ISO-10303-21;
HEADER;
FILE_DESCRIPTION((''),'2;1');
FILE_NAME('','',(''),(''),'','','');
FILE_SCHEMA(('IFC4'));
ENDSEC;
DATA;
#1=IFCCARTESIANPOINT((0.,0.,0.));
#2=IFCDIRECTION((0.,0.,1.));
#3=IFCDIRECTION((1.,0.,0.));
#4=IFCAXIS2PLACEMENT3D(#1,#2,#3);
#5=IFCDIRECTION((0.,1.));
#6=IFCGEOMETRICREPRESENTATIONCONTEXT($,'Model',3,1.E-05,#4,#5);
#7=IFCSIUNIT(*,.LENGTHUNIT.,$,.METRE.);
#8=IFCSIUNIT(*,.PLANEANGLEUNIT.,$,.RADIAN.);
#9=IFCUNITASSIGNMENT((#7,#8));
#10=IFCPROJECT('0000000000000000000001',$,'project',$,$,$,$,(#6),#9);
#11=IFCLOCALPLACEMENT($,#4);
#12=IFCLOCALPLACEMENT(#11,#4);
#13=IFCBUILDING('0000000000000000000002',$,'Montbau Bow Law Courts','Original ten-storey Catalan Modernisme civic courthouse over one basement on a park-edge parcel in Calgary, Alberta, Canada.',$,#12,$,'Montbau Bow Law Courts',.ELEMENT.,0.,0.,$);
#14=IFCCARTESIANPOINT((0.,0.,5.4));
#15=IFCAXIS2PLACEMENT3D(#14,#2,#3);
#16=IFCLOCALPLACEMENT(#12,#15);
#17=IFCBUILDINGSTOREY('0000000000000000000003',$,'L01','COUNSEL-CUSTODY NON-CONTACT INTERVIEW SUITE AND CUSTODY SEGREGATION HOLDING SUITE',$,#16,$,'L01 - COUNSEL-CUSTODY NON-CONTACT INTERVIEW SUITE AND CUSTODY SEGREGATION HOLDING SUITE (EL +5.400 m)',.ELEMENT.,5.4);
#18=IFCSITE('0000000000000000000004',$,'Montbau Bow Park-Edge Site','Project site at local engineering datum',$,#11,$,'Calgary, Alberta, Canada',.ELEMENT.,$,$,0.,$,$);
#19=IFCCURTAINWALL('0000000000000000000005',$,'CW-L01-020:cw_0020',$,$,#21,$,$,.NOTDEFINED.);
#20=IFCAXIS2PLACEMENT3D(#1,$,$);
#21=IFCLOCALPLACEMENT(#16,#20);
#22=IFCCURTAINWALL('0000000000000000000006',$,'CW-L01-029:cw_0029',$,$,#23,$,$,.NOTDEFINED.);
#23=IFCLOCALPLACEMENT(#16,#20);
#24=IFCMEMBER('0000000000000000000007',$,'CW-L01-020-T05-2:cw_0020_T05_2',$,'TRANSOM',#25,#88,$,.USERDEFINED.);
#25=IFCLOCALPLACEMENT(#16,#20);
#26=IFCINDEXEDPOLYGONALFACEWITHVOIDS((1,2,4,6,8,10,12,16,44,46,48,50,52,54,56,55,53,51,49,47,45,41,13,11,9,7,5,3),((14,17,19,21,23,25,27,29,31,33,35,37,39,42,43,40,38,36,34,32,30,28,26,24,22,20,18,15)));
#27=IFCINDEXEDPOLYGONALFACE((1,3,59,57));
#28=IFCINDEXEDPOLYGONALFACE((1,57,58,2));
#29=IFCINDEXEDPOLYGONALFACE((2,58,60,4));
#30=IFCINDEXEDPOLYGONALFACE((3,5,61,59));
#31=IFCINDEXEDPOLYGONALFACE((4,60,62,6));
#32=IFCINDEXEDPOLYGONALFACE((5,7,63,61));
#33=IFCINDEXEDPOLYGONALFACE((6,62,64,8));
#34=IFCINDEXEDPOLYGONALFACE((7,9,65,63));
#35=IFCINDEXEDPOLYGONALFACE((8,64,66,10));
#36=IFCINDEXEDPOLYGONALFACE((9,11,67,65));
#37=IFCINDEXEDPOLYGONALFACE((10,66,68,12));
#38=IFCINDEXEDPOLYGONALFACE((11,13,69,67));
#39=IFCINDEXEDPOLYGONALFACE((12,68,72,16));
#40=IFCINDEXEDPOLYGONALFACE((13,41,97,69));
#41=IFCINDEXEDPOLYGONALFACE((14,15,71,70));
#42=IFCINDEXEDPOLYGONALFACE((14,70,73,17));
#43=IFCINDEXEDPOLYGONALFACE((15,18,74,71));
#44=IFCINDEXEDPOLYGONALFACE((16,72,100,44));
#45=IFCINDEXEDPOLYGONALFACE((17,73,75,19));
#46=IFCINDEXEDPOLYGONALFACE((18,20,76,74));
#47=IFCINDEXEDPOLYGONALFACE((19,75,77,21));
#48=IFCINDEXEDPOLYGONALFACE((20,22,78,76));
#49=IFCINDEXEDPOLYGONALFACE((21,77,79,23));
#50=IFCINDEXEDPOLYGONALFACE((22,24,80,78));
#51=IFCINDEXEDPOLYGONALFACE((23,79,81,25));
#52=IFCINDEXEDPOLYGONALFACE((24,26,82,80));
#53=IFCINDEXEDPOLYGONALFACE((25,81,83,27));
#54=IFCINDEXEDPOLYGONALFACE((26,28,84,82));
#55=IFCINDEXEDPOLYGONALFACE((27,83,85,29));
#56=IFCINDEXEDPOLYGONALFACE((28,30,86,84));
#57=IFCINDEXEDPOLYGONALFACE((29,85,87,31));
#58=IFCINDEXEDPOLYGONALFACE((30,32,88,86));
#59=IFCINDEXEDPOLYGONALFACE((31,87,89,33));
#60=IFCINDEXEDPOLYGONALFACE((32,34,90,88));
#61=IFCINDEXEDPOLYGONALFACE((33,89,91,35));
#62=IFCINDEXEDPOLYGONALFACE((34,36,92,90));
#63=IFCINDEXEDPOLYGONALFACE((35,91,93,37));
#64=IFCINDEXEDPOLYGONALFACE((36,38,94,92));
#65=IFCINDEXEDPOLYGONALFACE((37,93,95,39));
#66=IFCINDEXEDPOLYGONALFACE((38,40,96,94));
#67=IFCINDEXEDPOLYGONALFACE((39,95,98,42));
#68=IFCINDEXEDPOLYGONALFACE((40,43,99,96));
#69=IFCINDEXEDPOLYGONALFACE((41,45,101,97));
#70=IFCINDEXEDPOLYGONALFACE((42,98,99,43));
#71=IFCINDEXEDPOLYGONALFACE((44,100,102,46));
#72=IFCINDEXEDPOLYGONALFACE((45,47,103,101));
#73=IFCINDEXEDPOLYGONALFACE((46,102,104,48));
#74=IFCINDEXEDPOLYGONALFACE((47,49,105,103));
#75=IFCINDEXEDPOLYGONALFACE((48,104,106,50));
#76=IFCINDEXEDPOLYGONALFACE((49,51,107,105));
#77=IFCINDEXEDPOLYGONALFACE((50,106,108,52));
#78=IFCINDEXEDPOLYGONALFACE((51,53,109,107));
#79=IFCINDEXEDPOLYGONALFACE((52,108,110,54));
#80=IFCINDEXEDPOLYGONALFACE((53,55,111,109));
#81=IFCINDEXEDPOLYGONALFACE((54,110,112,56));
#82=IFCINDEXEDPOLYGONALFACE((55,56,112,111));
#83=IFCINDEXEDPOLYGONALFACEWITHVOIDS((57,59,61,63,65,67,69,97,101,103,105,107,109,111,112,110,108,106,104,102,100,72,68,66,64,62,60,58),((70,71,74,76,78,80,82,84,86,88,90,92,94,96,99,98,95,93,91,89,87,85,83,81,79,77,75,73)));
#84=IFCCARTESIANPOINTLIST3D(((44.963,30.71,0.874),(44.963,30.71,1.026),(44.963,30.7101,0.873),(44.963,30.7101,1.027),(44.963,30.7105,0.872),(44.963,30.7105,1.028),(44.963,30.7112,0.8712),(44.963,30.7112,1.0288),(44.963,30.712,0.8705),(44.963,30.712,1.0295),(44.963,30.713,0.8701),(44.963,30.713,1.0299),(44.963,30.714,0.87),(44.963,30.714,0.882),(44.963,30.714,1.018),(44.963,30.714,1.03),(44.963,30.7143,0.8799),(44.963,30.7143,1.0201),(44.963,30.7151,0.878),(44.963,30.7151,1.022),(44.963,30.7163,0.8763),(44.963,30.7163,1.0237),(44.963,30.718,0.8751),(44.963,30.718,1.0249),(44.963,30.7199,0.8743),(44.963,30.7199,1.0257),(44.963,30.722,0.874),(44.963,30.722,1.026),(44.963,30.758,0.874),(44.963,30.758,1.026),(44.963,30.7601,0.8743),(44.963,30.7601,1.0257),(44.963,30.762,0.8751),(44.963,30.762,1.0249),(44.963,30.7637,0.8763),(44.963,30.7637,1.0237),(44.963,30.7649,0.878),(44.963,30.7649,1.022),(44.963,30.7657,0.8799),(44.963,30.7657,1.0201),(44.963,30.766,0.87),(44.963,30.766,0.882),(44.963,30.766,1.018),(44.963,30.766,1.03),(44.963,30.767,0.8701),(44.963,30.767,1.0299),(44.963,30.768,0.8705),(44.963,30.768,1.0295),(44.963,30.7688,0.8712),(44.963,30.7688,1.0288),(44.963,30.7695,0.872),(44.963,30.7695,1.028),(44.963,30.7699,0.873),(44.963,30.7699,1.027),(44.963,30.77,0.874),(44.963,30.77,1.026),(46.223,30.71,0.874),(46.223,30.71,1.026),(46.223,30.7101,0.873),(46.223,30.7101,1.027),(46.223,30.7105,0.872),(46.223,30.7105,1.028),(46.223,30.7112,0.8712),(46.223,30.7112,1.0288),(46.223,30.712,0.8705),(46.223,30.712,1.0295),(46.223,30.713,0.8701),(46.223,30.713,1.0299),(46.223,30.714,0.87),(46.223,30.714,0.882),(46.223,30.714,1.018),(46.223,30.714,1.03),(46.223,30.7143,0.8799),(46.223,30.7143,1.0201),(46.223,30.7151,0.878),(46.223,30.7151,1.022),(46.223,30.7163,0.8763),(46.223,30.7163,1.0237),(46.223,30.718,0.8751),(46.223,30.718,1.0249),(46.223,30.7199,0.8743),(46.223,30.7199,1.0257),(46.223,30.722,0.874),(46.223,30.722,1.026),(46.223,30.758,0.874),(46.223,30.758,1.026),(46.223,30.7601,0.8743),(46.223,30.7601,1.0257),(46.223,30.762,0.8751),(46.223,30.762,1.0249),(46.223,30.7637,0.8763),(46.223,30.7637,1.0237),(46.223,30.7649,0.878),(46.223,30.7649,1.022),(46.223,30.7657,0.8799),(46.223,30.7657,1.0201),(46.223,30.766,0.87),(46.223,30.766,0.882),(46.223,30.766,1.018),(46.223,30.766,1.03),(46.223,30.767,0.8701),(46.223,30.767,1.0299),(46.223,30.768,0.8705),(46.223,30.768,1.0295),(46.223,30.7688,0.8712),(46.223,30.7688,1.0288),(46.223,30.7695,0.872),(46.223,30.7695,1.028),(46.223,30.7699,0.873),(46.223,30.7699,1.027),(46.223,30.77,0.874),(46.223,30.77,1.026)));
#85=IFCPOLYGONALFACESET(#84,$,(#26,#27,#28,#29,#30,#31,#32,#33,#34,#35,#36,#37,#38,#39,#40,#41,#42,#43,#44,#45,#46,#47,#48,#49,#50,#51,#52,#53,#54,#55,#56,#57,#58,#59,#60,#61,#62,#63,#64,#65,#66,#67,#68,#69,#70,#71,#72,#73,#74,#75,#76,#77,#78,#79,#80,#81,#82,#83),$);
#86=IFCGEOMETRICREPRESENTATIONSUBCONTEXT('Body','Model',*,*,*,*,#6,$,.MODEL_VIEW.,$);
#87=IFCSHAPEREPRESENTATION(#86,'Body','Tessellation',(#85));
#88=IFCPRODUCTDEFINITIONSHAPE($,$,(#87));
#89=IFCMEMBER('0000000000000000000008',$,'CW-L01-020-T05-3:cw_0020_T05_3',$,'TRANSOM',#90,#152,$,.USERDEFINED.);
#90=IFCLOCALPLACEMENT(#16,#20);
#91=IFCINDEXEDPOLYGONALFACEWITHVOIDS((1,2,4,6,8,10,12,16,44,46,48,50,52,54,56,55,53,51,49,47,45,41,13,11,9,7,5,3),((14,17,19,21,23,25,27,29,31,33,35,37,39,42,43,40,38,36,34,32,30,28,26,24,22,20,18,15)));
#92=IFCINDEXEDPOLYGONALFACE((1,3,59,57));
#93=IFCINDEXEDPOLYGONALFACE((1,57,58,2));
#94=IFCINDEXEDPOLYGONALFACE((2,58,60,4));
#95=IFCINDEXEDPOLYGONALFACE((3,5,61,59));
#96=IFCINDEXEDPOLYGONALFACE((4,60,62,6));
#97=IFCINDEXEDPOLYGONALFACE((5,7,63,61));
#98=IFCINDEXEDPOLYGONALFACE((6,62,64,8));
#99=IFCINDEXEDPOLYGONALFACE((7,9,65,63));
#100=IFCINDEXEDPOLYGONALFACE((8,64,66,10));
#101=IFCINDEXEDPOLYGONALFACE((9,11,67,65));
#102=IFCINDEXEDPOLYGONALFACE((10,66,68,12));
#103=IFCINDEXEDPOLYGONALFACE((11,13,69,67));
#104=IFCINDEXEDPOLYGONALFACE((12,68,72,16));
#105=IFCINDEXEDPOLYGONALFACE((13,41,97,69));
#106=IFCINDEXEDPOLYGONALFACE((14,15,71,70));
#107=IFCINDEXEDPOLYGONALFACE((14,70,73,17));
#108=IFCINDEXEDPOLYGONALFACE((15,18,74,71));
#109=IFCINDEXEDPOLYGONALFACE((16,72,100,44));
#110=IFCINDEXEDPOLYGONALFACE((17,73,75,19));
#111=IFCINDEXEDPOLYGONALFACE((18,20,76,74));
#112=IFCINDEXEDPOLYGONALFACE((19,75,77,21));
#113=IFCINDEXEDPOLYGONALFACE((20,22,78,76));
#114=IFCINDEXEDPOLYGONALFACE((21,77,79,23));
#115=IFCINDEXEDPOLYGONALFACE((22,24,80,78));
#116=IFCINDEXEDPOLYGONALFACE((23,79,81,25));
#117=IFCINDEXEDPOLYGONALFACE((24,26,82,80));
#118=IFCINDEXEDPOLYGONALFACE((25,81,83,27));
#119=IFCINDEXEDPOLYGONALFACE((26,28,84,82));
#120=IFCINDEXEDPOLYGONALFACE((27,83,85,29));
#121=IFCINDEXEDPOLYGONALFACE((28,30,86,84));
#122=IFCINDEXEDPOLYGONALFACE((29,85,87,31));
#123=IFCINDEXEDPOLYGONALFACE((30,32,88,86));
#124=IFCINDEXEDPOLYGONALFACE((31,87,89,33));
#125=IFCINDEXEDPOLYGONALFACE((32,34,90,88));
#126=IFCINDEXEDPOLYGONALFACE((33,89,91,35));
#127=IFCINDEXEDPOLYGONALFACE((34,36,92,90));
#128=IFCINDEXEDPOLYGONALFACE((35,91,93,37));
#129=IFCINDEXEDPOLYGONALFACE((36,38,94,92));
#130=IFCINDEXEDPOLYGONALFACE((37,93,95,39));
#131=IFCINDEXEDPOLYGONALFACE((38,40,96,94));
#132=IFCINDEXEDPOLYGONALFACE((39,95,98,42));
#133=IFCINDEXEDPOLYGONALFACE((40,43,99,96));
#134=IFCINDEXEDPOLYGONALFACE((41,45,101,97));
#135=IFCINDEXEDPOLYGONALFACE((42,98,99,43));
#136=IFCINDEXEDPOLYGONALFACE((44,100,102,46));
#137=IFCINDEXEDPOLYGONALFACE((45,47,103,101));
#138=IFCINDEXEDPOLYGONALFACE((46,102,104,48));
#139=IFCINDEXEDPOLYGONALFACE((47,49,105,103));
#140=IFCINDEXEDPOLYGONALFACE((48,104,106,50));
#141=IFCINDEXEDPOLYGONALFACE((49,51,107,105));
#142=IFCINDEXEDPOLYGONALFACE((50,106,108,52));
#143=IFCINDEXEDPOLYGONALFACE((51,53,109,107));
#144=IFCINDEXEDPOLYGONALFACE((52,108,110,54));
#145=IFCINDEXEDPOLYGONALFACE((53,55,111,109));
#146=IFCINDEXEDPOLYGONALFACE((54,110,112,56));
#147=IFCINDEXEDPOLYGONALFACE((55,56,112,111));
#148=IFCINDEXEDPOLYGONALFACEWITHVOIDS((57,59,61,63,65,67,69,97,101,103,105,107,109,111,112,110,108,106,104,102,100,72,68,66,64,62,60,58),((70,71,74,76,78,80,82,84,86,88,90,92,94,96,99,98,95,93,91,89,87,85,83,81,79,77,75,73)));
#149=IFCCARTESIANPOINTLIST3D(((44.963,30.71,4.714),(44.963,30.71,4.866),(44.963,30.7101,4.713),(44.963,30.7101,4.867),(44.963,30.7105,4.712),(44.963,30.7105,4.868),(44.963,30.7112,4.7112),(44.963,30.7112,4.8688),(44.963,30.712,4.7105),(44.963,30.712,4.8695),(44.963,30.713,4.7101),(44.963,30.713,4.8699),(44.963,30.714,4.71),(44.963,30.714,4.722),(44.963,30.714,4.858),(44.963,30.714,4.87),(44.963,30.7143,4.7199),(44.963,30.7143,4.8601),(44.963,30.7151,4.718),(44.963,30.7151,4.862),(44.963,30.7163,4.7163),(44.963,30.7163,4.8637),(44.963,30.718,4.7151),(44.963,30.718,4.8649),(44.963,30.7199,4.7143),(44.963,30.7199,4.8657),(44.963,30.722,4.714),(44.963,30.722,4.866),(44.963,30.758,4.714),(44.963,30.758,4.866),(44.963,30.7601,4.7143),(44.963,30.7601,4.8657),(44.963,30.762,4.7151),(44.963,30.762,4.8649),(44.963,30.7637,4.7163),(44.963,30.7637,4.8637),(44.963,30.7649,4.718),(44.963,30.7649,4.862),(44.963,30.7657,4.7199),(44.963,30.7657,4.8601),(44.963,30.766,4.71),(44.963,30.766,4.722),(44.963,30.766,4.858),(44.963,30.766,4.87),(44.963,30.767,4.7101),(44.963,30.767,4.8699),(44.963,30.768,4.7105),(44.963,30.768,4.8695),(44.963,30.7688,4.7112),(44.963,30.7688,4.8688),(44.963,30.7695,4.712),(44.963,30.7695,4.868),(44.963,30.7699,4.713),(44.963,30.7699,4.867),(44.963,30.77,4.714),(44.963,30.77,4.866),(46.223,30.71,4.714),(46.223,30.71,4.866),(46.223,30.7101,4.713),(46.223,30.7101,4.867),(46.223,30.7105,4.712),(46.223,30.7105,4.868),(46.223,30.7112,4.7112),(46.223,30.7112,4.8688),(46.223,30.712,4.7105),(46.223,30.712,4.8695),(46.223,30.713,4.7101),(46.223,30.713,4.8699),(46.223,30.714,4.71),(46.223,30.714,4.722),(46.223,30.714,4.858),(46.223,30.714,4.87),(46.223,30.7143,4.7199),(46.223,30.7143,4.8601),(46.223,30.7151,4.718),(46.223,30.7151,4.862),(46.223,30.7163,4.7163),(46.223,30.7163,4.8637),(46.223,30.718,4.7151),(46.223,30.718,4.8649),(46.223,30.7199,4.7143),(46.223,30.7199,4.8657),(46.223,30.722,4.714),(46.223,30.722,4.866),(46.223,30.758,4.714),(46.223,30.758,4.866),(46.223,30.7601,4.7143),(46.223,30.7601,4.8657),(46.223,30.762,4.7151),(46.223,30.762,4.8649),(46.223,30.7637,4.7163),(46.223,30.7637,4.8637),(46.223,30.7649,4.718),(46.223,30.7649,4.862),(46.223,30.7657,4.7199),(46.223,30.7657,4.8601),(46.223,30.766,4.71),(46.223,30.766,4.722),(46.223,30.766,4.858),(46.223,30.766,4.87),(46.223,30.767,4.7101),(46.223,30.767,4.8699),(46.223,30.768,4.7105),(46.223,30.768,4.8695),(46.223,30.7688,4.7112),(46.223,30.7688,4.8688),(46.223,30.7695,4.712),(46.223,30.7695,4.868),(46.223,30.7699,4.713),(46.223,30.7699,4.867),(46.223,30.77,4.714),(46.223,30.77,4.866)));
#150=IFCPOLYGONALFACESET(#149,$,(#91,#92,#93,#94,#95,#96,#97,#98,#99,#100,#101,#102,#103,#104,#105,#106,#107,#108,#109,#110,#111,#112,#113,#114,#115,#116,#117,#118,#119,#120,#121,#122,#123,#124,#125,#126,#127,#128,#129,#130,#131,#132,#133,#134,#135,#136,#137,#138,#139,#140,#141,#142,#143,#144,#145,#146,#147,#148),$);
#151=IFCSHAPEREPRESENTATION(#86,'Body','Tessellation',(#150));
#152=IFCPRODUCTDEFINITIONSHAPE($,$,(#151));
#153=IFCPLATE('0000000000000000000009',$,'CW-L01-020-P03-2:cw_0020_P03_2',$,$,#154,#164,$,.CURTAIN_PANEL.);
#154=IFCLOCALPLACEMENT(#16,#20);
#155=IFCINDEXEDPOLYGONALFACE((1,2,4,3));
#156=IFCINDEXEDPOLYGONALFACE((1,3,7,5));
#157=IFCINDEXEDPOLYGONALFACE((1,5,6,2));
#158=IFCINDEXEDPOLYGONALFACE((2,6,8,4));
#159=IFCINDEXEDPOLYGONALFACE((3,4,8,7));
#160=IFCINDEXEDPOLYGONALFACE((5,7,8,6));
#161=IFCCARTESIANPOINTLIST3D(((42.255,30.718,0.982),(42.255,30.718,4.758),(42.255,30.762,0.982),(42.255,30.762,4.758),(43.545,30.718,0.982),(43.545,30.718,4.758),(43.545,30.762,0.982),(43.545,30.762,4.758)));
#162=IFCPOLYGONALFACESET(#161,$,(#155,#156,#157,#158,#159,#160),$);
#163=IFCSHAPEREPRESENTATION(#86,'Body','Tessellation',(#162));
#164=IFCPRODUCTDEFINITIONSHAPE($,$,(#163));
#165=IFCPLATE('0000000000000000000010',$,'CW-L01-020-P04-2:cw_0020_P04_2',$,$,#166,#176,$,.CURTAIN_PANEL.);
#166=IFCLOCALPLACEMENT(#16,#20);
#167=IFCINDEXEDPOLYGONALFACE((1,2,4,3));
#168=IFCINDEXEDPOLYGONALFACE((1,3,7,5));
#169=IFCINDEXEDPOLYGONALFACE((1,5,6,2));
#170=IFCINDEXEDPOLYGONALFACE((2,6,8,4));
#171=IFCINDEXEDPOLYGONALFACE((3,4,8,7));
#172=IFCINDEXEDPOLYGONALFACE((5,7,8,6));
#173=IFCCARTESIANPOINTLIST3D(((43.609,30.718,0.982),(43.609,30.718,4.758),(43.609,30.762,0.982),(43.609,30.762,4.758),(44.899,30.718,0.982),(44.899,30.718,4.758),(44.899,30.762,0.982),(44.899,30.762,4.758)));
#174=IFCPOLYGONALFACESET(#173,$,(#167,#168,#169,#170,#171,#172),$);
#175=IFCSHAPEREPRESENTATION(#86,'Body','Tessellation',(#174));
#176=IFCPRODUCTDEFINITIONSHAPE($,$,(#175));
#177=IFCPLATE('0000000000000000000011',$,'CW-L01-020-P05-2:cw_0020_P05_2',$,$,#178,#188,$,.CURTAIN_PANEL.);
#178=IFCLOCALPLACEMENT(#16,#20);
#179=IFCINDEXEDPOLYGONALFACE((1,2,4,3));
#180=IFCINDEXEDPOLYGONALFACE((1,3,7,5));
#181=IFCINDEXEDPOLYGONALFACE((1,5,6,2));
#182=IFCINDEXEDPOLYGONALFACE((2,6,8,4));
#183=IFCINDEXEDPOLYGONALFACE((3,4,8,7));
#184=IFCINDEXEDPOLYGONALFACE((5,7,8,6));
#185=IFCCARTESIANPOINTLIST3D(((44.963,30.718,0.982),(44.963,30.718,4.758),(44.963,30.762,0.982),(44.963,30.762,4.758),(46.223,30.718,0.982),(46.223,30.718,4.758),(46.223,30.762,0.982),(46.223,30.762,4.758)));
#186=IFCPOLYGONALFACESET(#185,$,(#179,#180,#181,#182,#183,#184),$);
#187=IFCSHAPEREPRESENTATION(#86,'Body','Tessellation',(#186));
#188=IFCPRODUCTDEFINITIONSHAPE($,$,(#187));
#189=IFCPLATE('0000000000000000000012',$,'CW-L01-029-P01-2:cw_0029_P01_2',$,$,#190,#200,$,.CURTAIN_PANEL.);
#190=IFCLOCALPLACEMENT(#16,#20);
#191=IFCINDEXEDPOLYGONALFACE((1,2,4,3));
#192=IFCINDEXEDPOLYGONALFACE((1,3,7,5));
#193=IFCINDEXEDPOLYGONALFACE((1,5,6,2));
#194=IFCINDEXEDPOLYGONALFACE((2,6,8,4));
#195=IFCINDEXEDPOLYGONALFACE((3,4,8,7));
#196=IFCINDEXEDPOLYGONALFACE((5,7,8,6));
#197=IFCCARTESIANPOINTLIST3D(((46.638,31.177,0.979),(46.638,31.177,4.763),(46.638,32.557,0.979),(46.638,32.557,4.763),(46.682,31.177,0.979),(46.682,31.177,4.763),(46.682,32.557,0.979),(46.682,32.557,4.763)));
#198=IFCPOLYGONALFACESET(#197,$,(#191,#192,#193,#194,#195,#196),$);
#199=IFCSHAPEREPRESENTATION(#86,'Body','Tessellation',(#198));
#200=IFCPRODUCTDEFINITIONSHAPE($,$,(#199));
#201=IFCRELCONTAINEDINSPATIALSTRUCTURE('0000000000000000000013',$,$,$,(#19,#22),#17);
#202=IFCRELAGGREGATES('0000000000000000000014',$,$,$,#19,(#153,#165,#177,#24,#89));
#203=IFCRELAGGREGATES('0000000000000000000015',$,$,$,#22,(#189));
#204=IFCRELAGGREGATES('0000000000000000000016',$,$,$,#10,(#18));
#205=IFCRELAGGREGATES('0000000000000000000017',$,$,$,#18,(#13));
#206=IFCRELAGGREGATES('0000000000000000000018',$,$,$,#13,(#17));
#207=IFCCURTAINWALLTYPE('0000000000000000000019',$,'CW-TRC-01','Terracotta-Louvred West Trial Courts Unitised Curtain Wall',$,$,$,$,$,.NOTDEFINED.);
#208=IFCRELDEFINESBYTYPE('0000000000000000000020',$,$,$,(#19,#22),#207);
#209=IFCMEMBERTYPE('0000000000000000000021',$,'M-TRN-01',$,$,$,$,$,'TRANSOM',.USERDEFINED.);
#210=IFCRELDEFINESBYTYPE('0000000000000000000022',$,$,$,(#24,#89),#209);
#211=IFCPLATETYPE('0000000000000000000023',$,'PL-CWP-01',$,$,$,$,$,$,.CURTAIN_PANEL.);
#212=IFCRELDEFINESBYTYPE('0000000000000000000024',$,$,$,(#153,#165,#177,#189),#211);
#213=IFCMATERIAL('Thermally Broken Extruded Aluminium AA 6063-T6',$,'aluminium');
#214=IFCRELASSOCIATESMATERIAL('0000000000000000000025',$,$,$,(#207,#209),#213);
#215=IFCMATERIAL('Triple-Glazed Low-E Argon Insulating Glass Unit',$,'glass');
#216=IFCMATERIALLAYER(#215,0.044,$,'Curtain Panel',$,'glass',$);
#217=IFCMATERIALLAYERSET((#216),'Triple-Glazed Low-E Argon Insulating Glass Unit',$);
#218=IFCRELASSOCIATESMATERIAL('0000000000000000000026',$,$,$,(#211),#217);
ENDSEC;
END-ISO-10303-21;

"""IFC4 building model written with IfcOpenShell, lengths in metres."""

from ifc_helpers import new_model, si_unit, direction, frame, frame_2d, origin_with_axes, origin_2d_with_axis, place, context, subcontext, project, spatial, rectangle, hollow_rectangle, extrude, material, layer, layer_set, material_profile, profile_set, type_object, element, aggregate, save


model = new_model("IFC4")

# Units and contexts
model_context = context("Model", 3, precision=1e-05, world=origin_with_axes(), true_north=direction((0.0, 1.0)))
body_context = subcontext(model_context, "Body", "Model", "MODEL_VIEW")
ifc_project = project(units=[si_unit("LENGTHUNIT", "METRE"), si_unit("PLANEANGLEUNIT", "RADIAN")], contexts=[model_context])

# Site, building, storey
site_placement = place(None, origin_with_axes())
site = spatial("IfcSite", under=ifc_project, at=site_placement, Name="Montbau Bow Park-Edge Site", Description="Project site at local engineering datum", LongName="Calgary, Alberta, Canada", CompositionType="ELEMENT", RefElevation=0.0)
building_placement = place(site_placement, origin_with_axes())
building = spatial("IfcBuilding", under=site, at=building_placement, Name="Montbau Bow Law Courts", Description="Original ten-storey Catalan Modernisme civic courthouse over one basement on a park-edge parcel in Calgary, Alberta, Canada.", LongName="Montbau Bow Law Courts", CompositionType="ELEMENT", ElevationOfRefHeight=0.0, ElevationOfTerrain=0.0)
storey_placement = place(building_placement, frame((0.0, 0.0, 5.4), z_axis=(0.0, 0.0, 1.0), x_axis=(1.0, 0.0, 0.0)))
storey = spatial("IfcBuildingStorey", under=building, at=storey_placement, Name="L01", Description="COUNSEL-CUSTODY NON-CONTACT INTERVIEW SUITE AND CUSTODY SEGREGATION HOLDING SUITE", LongName="L01 - COUNSEL-CUSTODY NON-CONTACT INTERVIEW SUITE AND CUSTODY SEGREGATION HOLDING SUITE (EL +5.400 m)", CompositionType="ELEMENT", Elevation=5.4)

# Curtain walls
ifc_material_1 = material(Name="Thermally Broken Extruded Aluminium AA 6063-T6", Category="aluminium")
curtain_wall_type = type_object("IfcCurtainWallType", Name="CW-TRC-01", Description="Terracotta-Louvred West Trial Courts Unitised Curtain Wall", PredefinedType="NOTDEFINED", material=ifc_material_1)
curtain_wall_1_placement = place(None, frame((39.515, 30.74, 5.4), z_axis=(0.0, 0.0, 1.0), x_axis=(1.0, 0.0, 0.0)))
curtain_wall_1 = element("IfcCurtainWall", 1, at=curtain_wall_1_placement, inside=storey, type_object=curtain_wall_type, Name="CW-L01-020:cw_0020", PredefinedType="NOTDEFINED")
curtain_wall_2_placement = place(None, frame((46.66, 31.115, 5.4), z_axis=(0.0, 0.0, 1.0), x_axis=(1.0, 0.0, 0.0)))
curtain_wall_2 = element("IfcCurtainWall", 2, at=curtain_wall_2_placement, inside=storey, type_object=curtain_wall_type, Name="CW-L01-029:cw_0029", PredefinedType="NOTDEFINED")

# Members
ifc_material_profile_1 = material_profile(ifc_material_1, hollow_rectangle(XDim=0.06, YDim=0.16, WallThickness=0.004, InnerFilletRadius=0.008, OuterFilletRadius=0.004, at=origin_2d_with_axis()), Name="CWT-160X60", Category="Main", Priority=0)
ifc_profile_set_1 = profile_set([ifc_material_profile_1], Name="Thermally Broken Extruded Aluminium AA 6063-T6")
member_type_1 = type_object("IfcMemberType", Name="M-TRN-01", ElementType="TRANSOM", PredefinedType="USERDEFINED", material=ifc_profile_set_1)
member_1_placement = place(None, frame((44.963, 30.74, 6.35), z_axis=(1.0, 0.0, 0.0), x_axis=(0.0, 1.0, 0.0)))
member_1 = element("IfcMember", 3, at=member_1_placement, type_object=member_type_1, Name="CW-L01-020-T05-2:cw_0020_T05_2", ObjectType="TRANSOM", PredefinedType="USERDEFINED", context=body_context, shape_type="SweptSolid", body=[
    extrude(hollow_rectangle(XDim=0.06, YDim=0.16, WallThickness=0.004, InnerFilletRadius=0.008, OuterFilletRadius=0.004, at=origin_2d_with_axis()), origin_with_axes(), (0.0, 0.0, 1.0), 1.26),
])
member_2_placement = place(None, frame((44.963, 30.74, 10.19), z_axis=(1.0, 0.0, 0.0), x_axis=(0.0, 1.0, 0.0)))
member_2 = element("IfcMember", 4, at=member_2_placement, type_object=member_type_1, Name="CW-L01-020-T05-3:cw_0020_T05_3", ObjectType="TRANSOM", PredefinedType="USERDEFINED", context=body_context, shape_type="SweptSolid", body=[
    extrude(hollow_rectangle(XDim=0.06, YDim=0.16, WallThickness=0.004, InnerFilletRadius=0.008, OuterFilletRadius=0.004, at=origin_2d_with_axis()), origin_with_axes(), (0.0, 0.0, 1.0), 1.26),
])

# Plates
ifc_material_2 = material(Name="Triple-Glazed Low-E Argon Insulating Glass Unit", Category="glass")
ifc_layer_1 = layer(ifc_material_2, 0.044, Name="Curtain Panel", Category="glass")
ifc_layer_set_1 = layer_set([ifc_layer_1], Name="Triple-Glazed Low-E Argon Insulating Glass Unit")
plate_type_1 = type_object("IfcPlateType", Name="PL-CWP-01", PredefinedType="CURTAIN_PANEL", material=ifc_layer_set_1)
plate_1_placement = place(None, frame((42.255, 30.74, 6.382), z_axis=(0.0, -1.0, 0.0), x_axis=(1.0, 0.0, 0.0)))
plate_1 = element("IfcPlate", 5, at=plate_1_placement, type_object=plate_type_1, Name="CW-L01-020-P03-2:cw_0020_P03_2", PredefinedType="CURTAIN_PANEL", context=body_context, shape_type="SweptSolid", body=[
    extrude(rectangle(XDim=1.29, YDim=3.776, at=frame_2d((0.645, 1.888), x_axis=(1.0, 0.0))), frame((0.0, 0.0, -0.022), z_axis=(0.0, 0.0, 1.0), x_axis=(1.0, 0.0, 0.0)), (0.0, 0.0, 1.0), 0.044),
])
plate_2_placement = place(None, frame((43.609, 30.74, 6.382), z_axis=(0.0, -1.0, 0.0), x_axis=(1.0, 0.0, 0.0)))
plate_2 = element("IfcPlate", 6, at=plate_2_placement, type_object=plate_type_1, Name="CW-L01-020-P04-2:cw_0020_P04_2", PredefinedType="CURTAIN_PANEL", context=body_context, shape_type="SweptSolid", body=[
    extrude(rectangle(XDim=1.29, YDim=3.776, at=frame_2d((0.645, 1.888), x_axis=(1.0, 0.0))), frame((0.0, 0.0, -0.022), z_axis=(0.0, 0.0, 1.0), x_axis=(1.0, 0.0, 0.0)), (0.0, 0.0, 1.0), 0.044),
])
plate_3_placement = place(None, frame((44.963, 30.74, 6.382), z_axis=(0.0, -1.0, 0.0), x_axis=(1.0, 0.0, 0.0)))
plate_3 = element("IfcPlate", 7, at=plate_3_placement, type_object=plate_type_1, Name="CW-L01-020-P05-2:cw_0020_P05_2", PredefinedType="CURTAIN_PANEL", context=body_context, shape_type="SweptSolid", body=[
    extrude(rectangle(XDim=1.26, YDim=3.776, at=frame_2d((0.63, 1.888), x_axis=(1.0, 0.0))), frame((0.0, 0.0, -0.022), z_axis=(0.0, 0.0, 1.0), x_axis=(1.0, 0.0, 0.0)), (0.0, 0.0, 1.0), 0.044),
])
plate_4_placement = place(None, frame((46.66, 31.177, 6.379), z_axis=(1.0, 0.0, 0.0), x_axis=(0.0, 1.0, 0.0)))
plate_4 = element("IfcPlate", 8, at=plate_4_placement, type_object=plate_type_1, Name="CW-L01-029-P01-2:cw_0029_P01_2", PredefinedType="CURTAIN_PANEL", context=body_context, shape_type="SweptSolid", body=[
    extrude(rectangle(XDim=1.38, YDim=3.784, at=frame_2d((0.69, 1.892), x_axis=(1.0, 0.0))), frame((0.0, 0.0, -0.022), z_axis=(0.0, 0.0, 1.0), x_axis=(1.0, 0.0, 0.0)), (0.0, 0.0, 1.0), 0.044),
])
aggregate(curtain_wall_1, [plate_1, plate_2, plate_3, member_1, member_2])
aggregate(curtain_wall_2, [plate_4])

save(model, "model.ifc")
